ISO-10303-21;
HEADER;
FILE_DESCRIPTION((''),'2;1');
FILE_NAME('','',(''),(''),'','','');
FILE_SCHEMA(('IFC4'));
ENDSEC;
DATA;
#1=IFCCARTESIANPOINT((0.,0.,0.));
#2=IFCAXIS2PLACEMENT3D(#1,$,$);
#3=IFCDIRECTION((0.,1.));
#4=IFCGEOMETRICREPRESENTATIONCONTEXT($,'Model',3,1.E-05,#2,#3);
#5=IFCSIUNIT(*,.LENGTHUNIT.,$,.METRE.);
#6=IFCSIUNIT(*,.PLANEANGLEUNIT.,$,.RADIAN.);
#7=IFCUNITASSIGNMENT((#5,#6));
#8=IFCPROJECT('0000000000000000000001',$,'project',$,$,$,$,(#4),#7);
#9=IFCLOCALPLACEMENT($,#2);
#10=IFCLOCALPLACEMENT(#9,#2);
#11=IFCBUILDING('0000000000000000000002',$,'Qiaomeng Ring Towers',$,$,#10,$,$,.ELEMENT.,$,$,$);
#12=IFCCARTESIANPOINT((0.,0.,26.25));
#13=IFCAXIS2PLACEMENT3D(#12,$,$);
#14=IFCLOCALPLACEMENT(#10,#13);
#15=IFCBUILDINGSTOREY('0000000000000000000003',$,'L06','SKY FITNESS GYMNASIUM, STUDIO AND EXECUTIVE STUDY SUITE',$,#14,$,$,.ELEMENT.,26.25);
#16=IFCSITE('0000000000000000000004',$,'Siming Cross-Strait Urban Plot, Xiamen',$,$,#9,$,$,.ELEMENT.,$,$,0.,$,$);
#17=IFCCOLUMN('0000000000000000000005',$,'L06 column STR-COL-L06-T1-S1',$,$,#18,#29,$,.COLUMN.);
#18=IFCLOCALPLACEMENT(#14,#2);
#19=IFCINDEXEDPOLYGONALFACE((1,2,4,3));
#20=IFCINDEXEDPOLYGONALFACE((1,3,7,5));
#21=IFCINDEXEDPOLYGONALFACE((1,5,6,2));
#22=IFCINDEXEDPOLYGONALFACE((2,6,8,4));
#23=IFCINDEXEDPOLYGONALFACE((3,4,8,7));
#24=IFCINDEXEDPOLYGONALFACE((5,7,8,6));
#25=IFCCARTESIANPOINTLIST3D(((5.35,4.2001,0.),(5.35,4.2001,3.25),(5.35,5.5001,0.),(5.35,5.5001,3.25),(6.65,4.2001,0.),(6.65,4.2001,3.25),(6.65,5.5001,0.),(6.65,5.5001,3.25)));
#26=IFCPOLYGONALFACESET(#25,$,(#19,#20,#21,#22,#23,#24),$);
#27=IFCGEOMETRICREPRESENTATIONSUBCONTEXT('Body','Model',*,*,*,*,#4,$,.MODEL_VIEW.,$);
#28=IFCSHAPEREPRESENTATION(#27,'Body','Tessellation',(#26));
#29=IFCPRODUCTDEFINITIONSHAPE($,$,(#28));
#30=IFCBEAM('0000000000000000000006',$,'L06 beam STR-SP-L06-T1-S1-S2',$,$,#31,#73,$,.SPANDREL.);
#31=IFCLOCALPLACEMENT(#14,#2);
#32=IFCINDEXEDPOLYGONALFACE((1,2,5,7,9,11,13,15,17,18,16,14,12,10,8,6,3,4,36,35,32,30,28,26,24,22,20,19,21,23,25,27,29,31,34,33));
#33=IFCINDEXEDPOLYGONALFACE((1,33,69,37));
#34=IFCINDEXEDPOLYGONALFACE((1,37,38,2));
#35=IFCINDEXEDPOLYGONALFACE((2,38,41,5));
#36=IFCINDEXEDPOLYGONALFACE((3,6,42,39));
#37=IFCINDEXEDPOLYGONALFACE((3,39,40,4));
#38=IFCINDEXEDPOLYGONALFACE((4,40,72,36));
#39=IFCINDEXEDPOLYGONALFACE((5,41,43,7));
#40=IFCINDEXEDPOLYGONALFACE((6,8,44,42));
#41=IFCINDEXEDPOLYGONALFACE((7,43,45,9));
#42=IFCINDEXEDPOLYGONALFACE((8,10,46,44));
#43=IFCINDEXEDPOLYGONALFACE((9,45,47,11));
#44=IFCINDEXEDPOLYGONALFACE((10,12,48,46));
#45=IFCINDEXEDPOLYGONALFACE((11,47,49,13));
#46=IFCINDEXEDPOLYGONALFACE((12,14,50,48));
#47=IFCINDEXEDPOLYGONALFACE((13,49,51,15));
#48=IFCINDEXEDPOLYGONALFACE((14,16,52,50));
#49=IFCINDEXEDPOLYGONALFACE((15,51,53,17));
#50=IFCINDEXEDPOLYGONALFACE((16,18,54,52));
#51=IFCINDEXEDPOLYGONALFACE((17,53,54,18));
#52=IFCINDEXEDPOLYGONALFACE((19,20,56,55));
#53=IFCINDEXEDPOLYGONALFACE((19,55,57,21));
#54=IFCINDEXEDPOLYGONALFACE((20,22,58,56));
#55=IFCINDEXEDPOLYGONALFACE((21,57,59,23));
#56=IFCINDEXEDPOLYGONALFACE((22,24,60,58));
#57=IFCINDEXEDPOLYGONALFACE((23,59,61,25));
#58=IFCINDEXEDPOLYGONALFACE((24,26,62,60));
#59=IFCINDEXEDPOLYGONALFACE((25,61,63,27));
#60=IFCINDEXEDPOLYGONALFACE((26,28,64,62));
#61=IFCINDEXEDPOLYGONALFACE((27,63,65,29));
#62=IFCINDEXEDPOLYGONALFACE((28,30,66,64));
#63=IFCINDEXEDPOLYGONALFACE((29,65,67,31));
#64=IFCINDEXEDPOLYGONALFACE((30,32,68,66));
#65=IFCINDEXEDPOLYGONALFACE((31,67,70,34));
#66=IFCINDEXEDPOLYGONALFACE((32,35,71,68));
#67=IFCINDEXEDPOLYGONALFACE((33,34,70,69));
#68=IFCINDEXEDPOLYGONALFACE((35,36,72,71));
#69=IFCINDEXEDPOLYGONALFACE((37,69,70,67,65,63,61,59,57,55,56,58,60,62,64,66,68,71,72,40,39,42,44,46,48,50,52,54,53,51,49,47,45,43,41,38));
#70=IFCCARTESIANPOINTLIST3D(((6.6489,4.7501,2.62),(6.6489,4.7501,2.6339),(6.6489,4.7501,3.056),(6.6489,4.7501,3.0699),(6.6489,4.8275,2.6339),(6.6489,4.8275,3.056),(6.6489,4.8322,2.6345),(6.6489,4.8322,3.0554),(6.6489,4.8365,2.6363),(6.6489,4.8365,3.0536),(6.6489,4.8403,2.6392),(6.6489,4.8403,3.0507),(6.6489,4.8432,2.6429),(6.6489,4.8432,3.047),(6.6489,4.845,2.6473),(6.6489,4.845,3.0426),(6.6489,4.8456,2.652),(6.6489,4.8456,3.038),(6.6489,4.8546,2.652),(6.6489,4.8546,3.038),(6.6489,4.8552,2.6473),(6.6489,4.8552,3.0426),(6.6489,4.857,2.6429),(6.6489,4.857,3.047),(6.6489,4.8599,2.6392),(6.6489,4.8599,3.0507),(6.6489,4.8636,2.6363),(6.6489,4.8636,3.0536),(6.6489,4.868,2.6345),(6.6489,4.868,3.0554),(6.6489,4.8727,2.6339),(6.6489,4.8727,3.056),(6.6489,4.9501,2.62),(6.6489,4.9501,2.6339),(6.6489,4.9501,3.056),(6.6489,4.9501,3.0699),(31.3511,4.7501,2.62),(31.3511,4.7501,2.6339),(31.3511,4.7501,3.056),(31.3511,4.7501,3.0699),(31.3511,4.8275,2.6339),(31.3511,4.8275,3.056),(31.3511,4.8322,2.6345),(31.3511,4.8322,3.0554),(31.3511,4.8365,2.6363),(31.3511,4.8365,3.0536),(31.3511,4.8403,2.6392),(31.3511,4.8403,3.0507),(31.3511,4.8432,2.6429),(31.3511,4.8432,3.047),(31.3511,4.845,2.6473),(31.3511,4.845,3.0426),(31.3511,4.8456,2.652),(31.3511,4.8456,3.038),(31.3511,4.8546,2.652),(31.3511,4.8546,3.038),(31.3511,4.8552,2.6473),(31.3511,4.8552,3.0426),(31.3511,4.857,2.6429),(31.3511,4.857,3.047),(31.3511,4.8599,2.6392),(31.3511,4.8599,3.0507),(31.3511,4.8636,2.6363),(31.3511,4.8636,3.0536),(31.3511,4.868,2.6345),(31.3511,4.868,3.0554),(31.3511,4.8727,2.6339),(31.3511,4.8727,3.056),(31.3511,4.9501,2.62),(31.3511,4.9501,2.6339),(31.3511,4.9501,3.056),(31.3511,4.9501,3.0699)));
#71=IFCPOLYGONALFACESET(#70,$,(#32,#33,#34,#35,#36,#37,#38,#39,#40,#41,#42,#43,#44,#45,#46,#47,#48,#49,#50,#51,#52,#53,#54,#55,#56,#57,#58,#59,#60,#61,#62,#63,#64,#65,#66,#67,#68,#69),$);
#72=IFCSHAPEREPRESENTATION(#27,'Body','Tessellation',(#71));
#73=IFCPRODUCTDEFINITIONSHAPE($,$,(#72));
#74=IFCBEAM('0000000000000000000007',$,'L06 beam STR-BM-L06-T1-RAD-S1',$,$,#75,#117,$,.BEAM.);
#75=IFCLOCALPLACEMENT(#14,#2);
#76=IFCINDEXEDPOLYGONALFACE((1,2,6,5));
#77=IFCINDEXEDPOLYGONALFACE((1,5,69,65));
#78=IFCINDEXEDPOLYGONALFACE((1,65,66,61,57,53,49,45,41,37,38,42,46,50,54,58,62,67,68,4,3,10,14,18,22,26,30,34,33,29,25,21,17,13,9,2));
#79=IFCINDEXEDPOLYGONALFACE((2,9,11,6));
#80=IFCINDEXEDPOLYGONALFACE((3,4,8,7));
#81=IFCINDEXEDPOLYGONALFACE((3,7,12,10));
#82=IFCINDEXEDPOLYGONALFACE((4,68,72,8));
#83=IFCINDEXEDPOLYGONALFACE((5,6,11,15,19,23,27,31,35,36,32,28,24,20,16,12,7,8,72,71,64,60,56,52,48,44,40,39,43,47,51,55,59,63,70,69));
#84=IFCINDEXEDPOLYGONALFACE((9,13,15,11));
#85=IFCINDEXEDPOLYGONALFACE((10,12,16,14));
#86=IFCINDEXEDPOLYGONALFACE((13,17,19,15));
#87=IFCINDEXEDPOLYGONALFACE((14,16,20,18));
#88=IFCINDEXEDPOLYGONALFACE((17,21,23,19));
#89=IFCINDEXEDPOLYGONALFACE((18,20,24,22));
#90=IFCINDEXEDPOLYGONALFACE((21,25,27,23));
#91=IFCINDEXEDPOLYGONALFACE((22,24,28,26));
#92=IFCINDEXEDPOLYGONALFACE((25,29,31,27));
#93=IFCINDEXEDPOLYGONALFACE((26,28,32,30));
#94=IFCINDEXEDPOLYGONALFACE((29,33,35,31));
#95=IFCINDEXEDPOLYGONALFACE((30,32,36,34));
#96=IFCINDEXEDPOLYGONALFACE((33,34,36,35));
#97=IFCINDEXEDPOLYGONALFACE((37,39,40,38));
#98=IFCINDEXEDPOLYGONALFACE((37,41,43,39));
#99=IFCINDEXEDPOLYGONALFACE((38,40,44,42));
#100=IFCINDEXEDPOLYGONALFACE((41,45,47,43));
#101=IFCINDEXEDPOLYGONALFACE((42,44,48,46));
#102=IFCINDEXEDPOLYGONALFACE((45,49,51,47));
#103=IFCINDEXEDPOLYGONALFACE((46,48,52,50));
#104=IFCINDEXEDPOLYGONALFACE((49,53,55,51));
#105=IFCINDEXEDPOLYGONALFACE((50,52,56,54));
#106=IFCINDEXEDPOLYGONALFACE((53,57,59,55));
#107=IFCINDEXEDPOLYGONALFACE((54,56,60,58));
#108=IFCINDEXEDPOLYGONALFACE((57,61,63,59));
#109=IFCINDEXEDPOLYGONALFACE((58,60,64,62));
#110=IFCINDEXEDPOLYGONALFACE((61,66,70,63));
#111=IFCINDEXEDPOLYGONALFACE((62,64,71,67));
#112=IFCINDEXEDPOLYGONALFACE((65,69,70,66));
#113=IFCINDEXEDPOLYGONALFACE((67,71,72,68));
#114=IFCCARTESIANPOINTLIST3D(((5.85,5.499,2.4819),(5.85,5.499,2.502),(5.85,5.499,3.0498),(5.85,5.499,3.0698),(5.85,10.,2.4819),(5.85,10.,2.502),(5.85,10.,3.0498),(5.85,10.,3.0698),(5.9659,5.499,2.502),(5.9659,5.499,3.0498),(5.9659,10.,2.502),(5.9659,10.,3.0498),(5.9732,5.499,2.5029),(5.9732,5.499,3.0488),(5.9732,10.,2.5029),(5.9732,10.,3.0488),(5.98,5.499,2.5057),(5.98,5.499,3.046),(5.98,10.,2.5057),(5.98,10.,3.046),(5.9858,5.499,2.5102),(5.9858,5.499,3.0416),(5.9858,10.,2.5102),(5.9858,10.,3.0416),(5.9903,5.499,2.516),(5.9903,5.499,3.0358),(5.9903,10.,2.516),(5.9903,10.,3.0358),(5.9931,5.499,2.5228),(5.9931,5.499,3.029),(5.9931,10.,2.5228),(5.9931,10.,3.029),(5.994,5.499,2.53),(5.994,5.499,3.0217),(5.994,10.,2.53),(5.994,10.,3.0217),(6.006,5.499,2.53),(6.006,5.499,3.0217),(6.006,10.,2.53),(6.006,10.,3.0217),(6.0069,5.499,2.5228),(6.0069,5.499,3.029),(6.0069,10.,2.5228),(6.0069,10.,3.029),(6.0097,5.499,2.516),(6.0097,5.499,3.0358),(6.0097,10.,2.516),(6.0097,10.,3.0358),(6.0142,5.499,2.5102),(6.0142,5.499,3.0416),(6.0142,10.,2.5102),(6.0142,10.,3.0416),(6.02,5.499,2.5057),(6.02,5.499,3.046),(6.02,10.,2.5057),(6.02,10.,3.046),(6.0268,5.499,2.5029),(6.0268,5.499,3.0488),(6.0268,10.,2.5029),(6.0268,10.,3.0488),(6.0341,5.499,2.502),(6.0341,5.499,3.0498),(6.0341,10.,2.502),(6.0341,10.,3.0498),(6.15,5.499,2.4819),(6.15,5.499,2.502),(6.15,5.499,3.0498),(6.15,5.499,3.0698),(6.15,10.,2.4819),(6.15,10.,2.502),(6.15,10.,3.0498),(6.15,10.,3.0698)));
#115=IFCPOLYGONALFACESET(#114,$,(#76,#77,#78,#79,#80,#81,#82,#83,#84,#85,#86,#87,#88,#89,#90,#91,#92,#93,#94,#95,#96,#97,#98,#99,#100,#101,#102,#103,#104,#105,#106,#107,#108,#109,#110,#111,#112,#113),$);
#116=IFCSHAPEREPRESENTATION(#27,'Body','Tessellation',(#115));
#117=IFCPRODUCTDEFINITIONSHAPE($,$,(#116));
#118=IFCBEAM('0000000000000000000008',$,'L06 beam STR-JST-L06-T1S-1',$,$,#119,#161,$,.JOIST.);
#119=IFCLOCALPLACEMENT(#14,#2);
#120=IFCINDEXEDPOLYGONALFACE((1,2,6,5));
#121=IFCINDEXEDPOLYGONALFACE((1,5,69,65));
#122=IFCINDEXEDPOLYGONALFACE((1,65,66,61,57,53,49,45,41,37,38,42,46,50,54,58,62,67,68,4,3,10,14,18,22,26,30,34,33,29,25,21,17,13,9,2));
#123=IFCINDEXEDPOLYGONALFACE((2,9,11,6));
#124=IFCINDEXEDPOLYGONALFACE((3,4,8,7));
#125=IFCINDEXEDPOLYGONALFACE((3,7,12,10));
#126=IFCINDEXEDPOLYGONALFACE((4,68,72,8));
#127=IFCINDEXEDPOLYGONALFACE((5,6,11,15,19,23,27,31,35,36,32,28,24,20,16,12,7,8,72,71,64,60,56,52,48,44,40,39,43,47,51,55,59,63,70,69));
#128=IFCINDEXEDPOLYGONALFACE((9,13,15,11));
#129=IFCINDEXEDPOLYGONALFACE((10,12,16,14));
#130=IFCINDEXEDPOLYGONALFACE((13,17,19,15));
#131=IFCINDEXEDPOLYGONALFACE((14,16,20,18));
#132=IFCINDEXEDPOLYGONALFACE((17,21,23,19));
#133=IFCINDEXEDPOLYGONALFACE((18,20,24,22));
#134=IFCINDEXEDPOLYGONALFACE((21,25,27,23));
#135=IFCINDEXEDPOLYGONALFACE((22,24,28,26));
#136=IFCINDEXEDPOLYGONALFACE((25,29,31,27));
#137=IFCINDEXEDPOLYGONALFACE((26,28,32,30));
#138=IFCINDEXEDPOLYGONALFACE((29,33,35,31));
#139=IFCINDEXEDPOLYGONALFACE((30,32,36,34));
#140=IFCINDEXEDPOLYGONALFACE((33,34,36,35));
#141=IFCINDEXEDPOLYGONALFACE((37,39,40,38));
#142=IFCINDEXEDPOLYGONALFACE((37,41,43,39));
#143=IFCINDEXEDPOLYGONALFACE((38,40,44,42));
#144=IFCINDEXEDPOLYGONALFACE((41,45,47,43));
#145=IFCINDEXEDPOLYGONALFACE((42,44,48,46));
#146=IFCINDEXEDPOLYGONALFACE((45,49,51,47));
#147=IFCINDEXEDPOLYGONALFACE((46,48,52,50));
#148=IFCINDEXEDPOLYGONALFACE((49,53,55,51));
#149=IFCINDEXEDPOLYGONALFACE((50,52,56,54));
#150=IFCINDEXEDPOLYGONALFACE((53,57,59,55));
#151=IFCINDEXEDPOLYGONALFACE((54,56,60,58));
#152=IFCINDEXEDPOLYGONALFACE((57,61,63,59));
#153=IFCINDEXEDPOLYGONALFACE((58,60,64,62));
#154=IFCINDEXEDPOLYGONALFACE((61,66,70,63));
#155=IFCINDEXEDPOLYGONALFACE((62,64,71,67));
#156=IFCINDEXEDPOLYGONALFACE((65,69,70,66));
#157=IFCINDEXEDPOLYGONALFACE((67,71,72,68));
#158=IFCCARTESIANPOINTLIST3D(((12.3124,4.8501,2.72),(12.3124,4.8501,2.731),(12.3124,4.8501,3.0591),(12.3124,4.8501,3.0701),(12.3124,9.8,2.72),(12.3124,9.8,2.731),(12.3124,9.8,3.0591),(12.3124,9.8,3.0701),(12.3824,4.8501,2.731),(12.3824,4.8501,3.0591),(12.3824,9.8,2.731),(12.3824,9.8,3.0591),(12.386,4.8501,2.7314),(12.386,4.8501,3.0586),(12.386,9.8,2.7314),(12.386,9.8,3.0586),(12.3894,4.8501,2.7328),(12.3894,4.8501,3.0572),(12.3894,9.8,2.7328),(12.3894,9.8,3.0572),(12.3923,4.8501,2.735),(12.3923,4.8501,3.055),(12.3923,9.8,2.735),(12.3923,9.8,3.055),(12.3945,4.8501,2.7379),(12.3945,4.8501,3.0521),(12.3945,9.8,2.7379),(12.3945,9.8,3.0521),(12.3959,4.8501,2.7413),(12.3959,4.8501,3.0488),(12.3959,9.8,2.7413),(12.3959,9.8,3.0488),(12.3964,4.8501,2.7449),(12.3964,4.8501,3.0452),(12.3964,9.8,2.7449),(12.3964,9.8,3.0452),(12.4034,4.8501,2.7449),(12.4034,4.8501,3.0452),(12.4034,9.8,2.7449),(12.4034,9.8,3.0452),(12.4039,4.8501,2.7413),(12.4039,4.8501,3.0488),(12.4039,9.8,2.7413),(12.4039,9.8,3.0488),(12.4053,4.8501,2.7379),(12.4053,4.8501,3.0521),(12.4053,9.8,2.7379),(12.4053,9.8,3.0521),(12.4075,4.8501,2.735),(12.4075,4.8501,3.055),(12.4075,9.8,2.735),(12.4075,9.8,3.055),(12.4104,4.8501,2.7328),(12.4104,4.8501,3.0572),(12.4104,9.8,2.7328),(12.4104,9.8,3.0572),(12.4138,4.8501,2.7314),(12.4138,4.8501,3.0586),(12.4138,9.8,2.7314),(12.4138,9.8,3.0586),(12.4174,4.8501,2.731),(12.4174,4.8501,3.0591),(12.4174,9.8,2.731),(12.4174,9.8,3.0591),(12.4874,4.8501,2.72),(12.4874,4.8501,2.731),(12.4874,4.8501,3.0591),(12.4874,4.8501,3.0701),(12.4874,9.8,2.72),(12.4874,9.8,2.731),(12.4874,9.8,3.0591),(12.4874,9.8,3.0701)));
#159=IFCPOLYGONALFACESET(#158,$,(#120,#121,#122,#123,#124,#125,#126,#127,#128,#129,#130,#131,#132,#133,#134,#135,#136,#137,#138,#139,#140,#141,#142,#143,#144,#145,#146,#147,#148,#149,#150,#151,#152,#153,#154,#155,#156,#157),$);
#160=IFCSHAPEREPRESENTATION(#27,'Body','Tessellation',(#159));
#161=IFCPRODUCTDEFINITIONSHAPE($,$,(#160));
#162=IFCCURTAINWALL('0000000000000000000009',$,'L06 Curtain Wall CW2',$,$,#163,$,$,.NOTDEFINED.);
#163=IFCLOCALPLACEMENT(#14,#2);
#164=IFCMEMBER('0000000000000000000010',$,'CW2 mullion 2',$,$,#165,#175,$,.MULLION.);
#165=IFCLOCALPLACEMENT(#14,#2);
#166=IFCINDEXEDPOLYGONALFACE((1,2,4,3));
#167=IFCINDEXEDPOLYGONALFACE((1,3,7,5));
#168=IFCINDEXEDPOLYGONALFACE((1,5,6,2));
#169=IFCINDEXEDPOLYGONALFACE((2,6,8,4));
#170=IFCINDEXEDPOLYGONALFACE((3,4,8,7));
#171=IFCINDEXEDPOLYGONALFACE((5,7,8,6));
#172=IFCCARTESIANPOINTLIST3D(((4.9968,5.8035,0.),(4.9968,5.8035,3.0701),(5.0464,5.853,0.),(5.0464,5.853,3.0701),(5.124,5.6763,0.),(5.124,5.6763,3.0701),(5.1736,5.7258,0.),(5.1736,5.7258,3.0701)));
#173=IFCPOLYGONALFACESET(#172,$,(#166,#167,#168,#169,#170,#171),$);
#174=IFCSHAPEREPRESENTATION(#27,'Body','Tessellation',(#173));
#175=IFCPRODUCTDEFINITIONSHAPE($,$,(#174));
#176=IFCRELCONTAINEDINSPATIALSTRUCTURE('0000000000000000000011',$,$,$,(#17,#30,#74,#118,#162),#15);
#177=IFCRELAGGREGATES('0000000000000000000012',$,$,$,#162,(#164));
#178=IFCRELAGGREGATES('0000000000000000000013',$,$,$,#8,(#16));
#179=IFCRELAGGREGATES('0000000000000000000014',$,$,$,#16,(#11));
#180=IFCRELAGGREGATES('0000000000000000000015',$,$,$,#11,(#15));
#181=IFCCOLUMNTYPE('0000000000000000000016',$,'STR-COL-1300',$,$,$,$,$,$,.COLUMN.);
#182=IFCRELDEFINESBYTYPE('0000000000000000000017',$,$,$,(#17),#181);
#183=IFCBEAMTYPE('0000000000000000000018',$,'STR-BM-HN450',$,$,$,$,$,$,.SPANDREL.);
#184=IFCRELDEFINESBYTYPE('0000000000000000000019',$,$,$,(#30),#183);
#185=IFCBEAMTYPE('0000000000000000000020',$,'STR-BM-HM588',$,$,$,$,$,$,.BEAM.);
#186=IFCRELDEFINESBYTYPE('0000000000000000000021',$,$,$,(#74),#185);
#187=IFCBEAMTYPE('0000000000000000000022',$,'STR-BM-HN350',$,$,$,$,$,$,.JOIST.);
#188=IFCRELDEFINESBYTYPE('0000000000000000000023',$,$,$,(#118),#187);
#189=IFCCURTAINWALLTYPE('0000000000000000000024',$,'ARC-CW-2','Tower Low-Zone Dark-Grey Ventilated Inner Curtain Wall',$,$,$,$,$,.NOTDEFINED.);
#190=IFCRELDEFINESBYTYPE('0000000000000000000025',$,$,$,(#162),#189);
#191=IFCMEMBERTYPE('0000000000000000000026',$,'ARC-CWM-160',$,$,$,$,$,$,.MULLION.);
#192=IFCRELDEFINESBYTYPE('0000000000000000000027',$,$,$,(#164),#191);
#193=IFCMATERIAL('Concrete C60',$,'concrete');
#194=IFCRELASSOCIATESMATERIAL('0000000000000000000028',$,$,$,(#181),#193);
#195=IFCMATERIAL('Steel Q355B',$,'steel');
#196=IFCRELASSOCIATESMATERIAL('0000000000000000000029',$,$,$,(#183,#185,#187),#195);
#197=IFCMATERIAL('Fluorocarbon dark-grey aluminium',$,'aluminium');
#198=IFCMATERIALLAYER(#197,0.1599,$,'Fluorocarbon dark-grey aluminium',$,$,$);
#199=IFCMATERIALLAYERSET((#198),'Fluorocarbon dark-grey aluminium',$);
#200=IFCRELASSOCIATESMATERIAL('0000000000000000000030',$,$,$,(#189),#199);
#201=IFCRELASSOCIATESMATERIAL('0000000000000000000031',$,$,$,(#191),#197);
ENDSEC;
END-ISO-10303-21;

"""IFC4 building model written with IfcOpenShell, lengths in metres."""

from ifc_helpers import new_model, si_unit, direction, frame, origin, origin_2d, place, context, subcontext, project, spatial, rectangle, i_section, extrude, source, transform, mapped, material, layer, layer_set, material_profile, profile_set, type_object, element, aggregate, save


model = new_model("IFC4")

# Units and contexts
model_context = context("Model", 3, precision=1e-05, world=origin(), true_north=direction((0.0, 1.0)))
body_context = subcontext(model_context, "Body", "Model", "MODEL_VIEW")
ifc_project = project(units=[si_unit("LENGTHUNIT", "METRE"), si_unit("PLANEANGLEUNIT", "RADIAN")], contexts=[model_context])

# Site, building, storey
site_placement = place(None, origin())
site = spatial("IfcSite", under=ifc_project, at=site_placement, Name="Siming Cross-Strait Urban Plot, Xiamen", CompositionType="ELEMENT", RefElevation=0.0)
building_placement = place(site_placement, origin())
building = spatial("IfcBuilding", under=site, at=building_placement, Name="Qiaomeng Ring Towers", CompositionType="ELEMENT")
storey_placement = place(building_placement, frame((0.0, 0.0, 26.25)))
storey = spatial("IfcBuildingStorey", under=building, at=storey_placement, Name="L06", Description="SKY FITNESS GYMNASIUM, STUDIO AND EXECUTIVE STUDY SUITE", CompositionType="ELEMENT", Elevation=26.25)

# Column
ifc_material_1 = material(Name="Concrete C60", Category="concrete")
ifc_material_profile_1 = material_profile(ifc_material_1, rectangle(XDim=1.3, YDim=1.3, at=origin_2d()), Name="RC COL 1300x1300")
ifc_profile_set_1 = profile_set([ifc_material_profile_1], Name="Concrete C60")
column_type = type_object("IfcColumnType", Name="STR-COL-1300", PredefinedType="COLUMN", material=ifc_profile_set_1)
shared_shape_1 = source(origin(), body_context, "Body", "SweptSolid", [
    extrude(rectangle(XDim=1.3, YDim=1.3, at=origin_2d()), origin(), (0.0, 0.0, 1.0), 3.25),
])
column_placement = place(storey_placement, frame((6.0, 4.8501, 0.0), z_axis=(0.0, 0.0, 1.0), x_axis=(1.0, 0.0, 0.0)))
element("IfcColumn", 1, at=column_placement, inside=storey, type_object=column_type, Name="L06 column STR-COL-L06-T1-S1", PredefinedType="COLUMN", context=body_context, shape_type="MappedRepresentation", body=[
    mapped(shared_shape_1, transform((0.0, 0.0, 0.0), x_axis=(1.0, 0.0, 0.0), y_axis=(0.0, 1.0, 0.0), z_axis=(0.0, 0.0, 1.0), scale=1.0)),
])

# Beams
ifc_material_2 = material(Name="Steel Q355B", Category="steel")
ifc_material_profile_2 = material_profile(ifc_material_2, i_section(OverallWidth=0.2, OverallDepth=0.45, WebThickness=0.009, FlangeThickness=0.0139, FilletRadius=0.0181, at=origin_2d()), Name="HN 450x200x9x14")
ifc_profile_set_2 = profile_set([ifc_material_profile_2], Name="Steel Q355B")
beam_type_1 = type_object("IfcBeamType", Name="STR-BM-HN450", PredefinedType="SPANDREL", material=ifc_profile_set_2)
shared_shape_2 = source(origin(), body_context, "Body", "SweptSolid", [
    extrude(i_section(OverallWidth=0.2, OverallDepth=0.45, WebThickness=0.009, FlangeThickness=0.0139, FilletRadius=0.0181, at=origin_2d()), origin(), (0.0, 0.0, 1.0), 24.7021),
])
beam_1_placement = place(storey_placement, frame((6.6489, 4.8501, 2.845), z_axis=(1.0, 0.0, 0.0), x_axis=(0.0, 1.0, 0.0)))
element("IfcBeam", 2, at=beam_1_placement, inside=storey, type_object=beam_type_1, Name="L06 beam STR-SP-L06-T1-S1-S2", PredefinedType="SPANDREL", context=body_context, shape_type="MappedRepresentation", body=[
    mapped(shared_shape_2, transform((0.0, 0.0, 0.0), x_axis=(1.0, 0.0, 0.0), y_axis=(0.0, 1.0, 0.0), z_axis=(0.0, 0.0, 1.0), scale=1.0)),
])
ifc_material_profile_3 = material_profile(ifc_material_2, i_section(OverallWidth=0.3, OverallDepth=0.5879, WebThickness=0.012, FlangeThickness=0.02, FilletRadius=0.0281, at=origin_2d()), Name="HM 588x300x12x20")
ifc_profile_set_3 = profile_set([ifc_material_profile_3], Name="Steel Q355B")
beam_type_2 = type_object("IfcBeamType", Name="STR-BM-HM588", PredefinedType="BEAM", material=ifc_profile_set_3)
shared_shape_3 = source(origin(), body_context, "Body", "SweptSolid", [
    extrude(i_section(OverallWidth=0.3, OverallDepth=0.5879, WebThickness=0.012, FlangeThickness=0.02, FilletRadius=0.0281, at=origin_2d()), origin(), (0.0, 0.0, 1.0), 4.501),
])
beam_2_placement = place(storey_placement, frame((6.0, 5.499, 2.7759), z_axis=(0.0, 1.0, 0.0), x_axis=(-1.0, 0.0, 0.0)))
element("IfcBeam", 3, at=beam_2_placement, inside=storey, type_object=beam_type_2, Name="L06 beam STR-BM-L06-T1-RAD-S1", PredefinedType="BEAM", context=body_context, shape_type="MappedRepresentation", body=[
    mapped(shared_shape_3, transform((0.0, 0.0, 0.0), x_axis=(1.0, 0.0, 0.0), y_axis=(0.0, 1.0, 0.0), z_axis=(0.0, 0.0, 1.0), scale=1.0)),
])
ifc_material_profile_4 = material_profile(ifc_material_2, i_section(OverallWidth=0.175, OverallDepth=0.3501, WebThickness=0.0071, FlangeThickness=0.011, FilletRadius=0.0139, at=origin_2d()), Name="HN 350x175x7x11")
ifc_profile_set_4 = profile_set([ifc_material_profile_4], Name="Steel Q355B")
beam_type_3 = type_object("IfcBeamType", Name="STR-BM-HN350", PredefinedType="JOIST", material=ifc_profile_set_4)
shared_shape_4 = source(origin(), body_context, "Body", "SweptSolid", [
    extrude(i_section(OverallWidth=0.175, OverallDepth=0.3501, WebThickness=0.0071, FlangeThickness=0.011, FilletRadius=0.0139, at=origin_2d()), origin(), (0.0, 0.0, 1.0), 4.95),
])
beam_3_placement = place(storey_placement, frame((12.3999, 4.8501, 2.895), z_axis=(0.0, 1.0, 0.0), x_axis=(-1.0, 0.0, 0.0)))
element("IfcBeam", 4, at=beam_3_placement, inside=storey, type_object=beam_type_3, Name="L06 beam STR-JST-L06-T1S-1", PredefinedType="JOIST", context=body_context, shape_type="MappedRepresentation", body=[
    mapped(shared_shape_4, transform((0.0, 0.0, 0.0), x_axis=(1.0, 0.0, 0.0), y_axis=(0.0, 1.0, 0.0), z_axis=(0.0, 0.0, 1.0), scale=1.0)),
])

# Curtain wall, member
ifc_material_3 = material(Name="Fluorocarbon dark-grey aluminium", Category="aluminium")
ifc_layer_1 = layer(ifc_material_3, 0.1599, Name="Fluorocarbon dark-grey aluminium")
ifc_layer_set_1 = layer_set([ifc_layer_1], Name="Fluorocarbon dark-grey aluminium")
curtain_wall_type = type_object("IfcCurtainWallType", Name="ARC-CW-2", Description="Tower Low-Zone Dark-Grey Ventilated Inner Curtain Wall", PredefinedType="NOTDEFINED", material=ifc_layer_set_1)
curtain_wall_placement = place(storey_placement, origin())
curtain_wall = element("IfcCurtainWall", 5, at=curtain_wall_placement, inside=storey, type_object=curtain_wall_type, Name="L06 Curtain Wall CW2", PredefinedType="NOTDEFINED")
ifc_material_profile_5 = material_profile(ifc_material_3, rectangle(XDim=0.0701, YDim=0.1799, at=origin_2d()), Name="ALU MULL 70x180")
ifc_profile_set_5 = profile_set([ifc_material_profile_5], Name="Fluorocarbon dark-grey aluminium")
member_type = type_object("IfcMemberType", Name="ARC-CWM-160", PredefinedType="MULLION", material=ifc_profile_set_5)
shared_shape_5 = source(origin(), body_context, "Body", "SweptSolid", [
    extrude(rectangle(XDim=0.0701, YDim=0.1799, at=origin_2d()), origin(), (0.0, 0.0, 1.0), 3.0701),
])
member_placement = place(storey_placement, frame((5.0852, 5.7646, 0.0), z_axis=(0.0, 0.0, 1.0), x_axis=(0.707107, 0.707107, 0.0)))
member = element("IfcMember", 6, at=member_placement, type_object=member_type, Name="CW2 mullion 2", PredefinedType="MULLION", context=body_context, shape_type="MappedRepresentation", body=[
    mapped(shared_shape_5, transform((0.0, 0.0, 0.0), x_axis=(1.0, 0.0, 0.0), y_axis=(0.0, 1.0, 0.0), z_axis=(0.0, 0.0, 1.0), scale=1.0)),
])
aggregate(curtain_wall, [member])

save(model, "model.ifc")
